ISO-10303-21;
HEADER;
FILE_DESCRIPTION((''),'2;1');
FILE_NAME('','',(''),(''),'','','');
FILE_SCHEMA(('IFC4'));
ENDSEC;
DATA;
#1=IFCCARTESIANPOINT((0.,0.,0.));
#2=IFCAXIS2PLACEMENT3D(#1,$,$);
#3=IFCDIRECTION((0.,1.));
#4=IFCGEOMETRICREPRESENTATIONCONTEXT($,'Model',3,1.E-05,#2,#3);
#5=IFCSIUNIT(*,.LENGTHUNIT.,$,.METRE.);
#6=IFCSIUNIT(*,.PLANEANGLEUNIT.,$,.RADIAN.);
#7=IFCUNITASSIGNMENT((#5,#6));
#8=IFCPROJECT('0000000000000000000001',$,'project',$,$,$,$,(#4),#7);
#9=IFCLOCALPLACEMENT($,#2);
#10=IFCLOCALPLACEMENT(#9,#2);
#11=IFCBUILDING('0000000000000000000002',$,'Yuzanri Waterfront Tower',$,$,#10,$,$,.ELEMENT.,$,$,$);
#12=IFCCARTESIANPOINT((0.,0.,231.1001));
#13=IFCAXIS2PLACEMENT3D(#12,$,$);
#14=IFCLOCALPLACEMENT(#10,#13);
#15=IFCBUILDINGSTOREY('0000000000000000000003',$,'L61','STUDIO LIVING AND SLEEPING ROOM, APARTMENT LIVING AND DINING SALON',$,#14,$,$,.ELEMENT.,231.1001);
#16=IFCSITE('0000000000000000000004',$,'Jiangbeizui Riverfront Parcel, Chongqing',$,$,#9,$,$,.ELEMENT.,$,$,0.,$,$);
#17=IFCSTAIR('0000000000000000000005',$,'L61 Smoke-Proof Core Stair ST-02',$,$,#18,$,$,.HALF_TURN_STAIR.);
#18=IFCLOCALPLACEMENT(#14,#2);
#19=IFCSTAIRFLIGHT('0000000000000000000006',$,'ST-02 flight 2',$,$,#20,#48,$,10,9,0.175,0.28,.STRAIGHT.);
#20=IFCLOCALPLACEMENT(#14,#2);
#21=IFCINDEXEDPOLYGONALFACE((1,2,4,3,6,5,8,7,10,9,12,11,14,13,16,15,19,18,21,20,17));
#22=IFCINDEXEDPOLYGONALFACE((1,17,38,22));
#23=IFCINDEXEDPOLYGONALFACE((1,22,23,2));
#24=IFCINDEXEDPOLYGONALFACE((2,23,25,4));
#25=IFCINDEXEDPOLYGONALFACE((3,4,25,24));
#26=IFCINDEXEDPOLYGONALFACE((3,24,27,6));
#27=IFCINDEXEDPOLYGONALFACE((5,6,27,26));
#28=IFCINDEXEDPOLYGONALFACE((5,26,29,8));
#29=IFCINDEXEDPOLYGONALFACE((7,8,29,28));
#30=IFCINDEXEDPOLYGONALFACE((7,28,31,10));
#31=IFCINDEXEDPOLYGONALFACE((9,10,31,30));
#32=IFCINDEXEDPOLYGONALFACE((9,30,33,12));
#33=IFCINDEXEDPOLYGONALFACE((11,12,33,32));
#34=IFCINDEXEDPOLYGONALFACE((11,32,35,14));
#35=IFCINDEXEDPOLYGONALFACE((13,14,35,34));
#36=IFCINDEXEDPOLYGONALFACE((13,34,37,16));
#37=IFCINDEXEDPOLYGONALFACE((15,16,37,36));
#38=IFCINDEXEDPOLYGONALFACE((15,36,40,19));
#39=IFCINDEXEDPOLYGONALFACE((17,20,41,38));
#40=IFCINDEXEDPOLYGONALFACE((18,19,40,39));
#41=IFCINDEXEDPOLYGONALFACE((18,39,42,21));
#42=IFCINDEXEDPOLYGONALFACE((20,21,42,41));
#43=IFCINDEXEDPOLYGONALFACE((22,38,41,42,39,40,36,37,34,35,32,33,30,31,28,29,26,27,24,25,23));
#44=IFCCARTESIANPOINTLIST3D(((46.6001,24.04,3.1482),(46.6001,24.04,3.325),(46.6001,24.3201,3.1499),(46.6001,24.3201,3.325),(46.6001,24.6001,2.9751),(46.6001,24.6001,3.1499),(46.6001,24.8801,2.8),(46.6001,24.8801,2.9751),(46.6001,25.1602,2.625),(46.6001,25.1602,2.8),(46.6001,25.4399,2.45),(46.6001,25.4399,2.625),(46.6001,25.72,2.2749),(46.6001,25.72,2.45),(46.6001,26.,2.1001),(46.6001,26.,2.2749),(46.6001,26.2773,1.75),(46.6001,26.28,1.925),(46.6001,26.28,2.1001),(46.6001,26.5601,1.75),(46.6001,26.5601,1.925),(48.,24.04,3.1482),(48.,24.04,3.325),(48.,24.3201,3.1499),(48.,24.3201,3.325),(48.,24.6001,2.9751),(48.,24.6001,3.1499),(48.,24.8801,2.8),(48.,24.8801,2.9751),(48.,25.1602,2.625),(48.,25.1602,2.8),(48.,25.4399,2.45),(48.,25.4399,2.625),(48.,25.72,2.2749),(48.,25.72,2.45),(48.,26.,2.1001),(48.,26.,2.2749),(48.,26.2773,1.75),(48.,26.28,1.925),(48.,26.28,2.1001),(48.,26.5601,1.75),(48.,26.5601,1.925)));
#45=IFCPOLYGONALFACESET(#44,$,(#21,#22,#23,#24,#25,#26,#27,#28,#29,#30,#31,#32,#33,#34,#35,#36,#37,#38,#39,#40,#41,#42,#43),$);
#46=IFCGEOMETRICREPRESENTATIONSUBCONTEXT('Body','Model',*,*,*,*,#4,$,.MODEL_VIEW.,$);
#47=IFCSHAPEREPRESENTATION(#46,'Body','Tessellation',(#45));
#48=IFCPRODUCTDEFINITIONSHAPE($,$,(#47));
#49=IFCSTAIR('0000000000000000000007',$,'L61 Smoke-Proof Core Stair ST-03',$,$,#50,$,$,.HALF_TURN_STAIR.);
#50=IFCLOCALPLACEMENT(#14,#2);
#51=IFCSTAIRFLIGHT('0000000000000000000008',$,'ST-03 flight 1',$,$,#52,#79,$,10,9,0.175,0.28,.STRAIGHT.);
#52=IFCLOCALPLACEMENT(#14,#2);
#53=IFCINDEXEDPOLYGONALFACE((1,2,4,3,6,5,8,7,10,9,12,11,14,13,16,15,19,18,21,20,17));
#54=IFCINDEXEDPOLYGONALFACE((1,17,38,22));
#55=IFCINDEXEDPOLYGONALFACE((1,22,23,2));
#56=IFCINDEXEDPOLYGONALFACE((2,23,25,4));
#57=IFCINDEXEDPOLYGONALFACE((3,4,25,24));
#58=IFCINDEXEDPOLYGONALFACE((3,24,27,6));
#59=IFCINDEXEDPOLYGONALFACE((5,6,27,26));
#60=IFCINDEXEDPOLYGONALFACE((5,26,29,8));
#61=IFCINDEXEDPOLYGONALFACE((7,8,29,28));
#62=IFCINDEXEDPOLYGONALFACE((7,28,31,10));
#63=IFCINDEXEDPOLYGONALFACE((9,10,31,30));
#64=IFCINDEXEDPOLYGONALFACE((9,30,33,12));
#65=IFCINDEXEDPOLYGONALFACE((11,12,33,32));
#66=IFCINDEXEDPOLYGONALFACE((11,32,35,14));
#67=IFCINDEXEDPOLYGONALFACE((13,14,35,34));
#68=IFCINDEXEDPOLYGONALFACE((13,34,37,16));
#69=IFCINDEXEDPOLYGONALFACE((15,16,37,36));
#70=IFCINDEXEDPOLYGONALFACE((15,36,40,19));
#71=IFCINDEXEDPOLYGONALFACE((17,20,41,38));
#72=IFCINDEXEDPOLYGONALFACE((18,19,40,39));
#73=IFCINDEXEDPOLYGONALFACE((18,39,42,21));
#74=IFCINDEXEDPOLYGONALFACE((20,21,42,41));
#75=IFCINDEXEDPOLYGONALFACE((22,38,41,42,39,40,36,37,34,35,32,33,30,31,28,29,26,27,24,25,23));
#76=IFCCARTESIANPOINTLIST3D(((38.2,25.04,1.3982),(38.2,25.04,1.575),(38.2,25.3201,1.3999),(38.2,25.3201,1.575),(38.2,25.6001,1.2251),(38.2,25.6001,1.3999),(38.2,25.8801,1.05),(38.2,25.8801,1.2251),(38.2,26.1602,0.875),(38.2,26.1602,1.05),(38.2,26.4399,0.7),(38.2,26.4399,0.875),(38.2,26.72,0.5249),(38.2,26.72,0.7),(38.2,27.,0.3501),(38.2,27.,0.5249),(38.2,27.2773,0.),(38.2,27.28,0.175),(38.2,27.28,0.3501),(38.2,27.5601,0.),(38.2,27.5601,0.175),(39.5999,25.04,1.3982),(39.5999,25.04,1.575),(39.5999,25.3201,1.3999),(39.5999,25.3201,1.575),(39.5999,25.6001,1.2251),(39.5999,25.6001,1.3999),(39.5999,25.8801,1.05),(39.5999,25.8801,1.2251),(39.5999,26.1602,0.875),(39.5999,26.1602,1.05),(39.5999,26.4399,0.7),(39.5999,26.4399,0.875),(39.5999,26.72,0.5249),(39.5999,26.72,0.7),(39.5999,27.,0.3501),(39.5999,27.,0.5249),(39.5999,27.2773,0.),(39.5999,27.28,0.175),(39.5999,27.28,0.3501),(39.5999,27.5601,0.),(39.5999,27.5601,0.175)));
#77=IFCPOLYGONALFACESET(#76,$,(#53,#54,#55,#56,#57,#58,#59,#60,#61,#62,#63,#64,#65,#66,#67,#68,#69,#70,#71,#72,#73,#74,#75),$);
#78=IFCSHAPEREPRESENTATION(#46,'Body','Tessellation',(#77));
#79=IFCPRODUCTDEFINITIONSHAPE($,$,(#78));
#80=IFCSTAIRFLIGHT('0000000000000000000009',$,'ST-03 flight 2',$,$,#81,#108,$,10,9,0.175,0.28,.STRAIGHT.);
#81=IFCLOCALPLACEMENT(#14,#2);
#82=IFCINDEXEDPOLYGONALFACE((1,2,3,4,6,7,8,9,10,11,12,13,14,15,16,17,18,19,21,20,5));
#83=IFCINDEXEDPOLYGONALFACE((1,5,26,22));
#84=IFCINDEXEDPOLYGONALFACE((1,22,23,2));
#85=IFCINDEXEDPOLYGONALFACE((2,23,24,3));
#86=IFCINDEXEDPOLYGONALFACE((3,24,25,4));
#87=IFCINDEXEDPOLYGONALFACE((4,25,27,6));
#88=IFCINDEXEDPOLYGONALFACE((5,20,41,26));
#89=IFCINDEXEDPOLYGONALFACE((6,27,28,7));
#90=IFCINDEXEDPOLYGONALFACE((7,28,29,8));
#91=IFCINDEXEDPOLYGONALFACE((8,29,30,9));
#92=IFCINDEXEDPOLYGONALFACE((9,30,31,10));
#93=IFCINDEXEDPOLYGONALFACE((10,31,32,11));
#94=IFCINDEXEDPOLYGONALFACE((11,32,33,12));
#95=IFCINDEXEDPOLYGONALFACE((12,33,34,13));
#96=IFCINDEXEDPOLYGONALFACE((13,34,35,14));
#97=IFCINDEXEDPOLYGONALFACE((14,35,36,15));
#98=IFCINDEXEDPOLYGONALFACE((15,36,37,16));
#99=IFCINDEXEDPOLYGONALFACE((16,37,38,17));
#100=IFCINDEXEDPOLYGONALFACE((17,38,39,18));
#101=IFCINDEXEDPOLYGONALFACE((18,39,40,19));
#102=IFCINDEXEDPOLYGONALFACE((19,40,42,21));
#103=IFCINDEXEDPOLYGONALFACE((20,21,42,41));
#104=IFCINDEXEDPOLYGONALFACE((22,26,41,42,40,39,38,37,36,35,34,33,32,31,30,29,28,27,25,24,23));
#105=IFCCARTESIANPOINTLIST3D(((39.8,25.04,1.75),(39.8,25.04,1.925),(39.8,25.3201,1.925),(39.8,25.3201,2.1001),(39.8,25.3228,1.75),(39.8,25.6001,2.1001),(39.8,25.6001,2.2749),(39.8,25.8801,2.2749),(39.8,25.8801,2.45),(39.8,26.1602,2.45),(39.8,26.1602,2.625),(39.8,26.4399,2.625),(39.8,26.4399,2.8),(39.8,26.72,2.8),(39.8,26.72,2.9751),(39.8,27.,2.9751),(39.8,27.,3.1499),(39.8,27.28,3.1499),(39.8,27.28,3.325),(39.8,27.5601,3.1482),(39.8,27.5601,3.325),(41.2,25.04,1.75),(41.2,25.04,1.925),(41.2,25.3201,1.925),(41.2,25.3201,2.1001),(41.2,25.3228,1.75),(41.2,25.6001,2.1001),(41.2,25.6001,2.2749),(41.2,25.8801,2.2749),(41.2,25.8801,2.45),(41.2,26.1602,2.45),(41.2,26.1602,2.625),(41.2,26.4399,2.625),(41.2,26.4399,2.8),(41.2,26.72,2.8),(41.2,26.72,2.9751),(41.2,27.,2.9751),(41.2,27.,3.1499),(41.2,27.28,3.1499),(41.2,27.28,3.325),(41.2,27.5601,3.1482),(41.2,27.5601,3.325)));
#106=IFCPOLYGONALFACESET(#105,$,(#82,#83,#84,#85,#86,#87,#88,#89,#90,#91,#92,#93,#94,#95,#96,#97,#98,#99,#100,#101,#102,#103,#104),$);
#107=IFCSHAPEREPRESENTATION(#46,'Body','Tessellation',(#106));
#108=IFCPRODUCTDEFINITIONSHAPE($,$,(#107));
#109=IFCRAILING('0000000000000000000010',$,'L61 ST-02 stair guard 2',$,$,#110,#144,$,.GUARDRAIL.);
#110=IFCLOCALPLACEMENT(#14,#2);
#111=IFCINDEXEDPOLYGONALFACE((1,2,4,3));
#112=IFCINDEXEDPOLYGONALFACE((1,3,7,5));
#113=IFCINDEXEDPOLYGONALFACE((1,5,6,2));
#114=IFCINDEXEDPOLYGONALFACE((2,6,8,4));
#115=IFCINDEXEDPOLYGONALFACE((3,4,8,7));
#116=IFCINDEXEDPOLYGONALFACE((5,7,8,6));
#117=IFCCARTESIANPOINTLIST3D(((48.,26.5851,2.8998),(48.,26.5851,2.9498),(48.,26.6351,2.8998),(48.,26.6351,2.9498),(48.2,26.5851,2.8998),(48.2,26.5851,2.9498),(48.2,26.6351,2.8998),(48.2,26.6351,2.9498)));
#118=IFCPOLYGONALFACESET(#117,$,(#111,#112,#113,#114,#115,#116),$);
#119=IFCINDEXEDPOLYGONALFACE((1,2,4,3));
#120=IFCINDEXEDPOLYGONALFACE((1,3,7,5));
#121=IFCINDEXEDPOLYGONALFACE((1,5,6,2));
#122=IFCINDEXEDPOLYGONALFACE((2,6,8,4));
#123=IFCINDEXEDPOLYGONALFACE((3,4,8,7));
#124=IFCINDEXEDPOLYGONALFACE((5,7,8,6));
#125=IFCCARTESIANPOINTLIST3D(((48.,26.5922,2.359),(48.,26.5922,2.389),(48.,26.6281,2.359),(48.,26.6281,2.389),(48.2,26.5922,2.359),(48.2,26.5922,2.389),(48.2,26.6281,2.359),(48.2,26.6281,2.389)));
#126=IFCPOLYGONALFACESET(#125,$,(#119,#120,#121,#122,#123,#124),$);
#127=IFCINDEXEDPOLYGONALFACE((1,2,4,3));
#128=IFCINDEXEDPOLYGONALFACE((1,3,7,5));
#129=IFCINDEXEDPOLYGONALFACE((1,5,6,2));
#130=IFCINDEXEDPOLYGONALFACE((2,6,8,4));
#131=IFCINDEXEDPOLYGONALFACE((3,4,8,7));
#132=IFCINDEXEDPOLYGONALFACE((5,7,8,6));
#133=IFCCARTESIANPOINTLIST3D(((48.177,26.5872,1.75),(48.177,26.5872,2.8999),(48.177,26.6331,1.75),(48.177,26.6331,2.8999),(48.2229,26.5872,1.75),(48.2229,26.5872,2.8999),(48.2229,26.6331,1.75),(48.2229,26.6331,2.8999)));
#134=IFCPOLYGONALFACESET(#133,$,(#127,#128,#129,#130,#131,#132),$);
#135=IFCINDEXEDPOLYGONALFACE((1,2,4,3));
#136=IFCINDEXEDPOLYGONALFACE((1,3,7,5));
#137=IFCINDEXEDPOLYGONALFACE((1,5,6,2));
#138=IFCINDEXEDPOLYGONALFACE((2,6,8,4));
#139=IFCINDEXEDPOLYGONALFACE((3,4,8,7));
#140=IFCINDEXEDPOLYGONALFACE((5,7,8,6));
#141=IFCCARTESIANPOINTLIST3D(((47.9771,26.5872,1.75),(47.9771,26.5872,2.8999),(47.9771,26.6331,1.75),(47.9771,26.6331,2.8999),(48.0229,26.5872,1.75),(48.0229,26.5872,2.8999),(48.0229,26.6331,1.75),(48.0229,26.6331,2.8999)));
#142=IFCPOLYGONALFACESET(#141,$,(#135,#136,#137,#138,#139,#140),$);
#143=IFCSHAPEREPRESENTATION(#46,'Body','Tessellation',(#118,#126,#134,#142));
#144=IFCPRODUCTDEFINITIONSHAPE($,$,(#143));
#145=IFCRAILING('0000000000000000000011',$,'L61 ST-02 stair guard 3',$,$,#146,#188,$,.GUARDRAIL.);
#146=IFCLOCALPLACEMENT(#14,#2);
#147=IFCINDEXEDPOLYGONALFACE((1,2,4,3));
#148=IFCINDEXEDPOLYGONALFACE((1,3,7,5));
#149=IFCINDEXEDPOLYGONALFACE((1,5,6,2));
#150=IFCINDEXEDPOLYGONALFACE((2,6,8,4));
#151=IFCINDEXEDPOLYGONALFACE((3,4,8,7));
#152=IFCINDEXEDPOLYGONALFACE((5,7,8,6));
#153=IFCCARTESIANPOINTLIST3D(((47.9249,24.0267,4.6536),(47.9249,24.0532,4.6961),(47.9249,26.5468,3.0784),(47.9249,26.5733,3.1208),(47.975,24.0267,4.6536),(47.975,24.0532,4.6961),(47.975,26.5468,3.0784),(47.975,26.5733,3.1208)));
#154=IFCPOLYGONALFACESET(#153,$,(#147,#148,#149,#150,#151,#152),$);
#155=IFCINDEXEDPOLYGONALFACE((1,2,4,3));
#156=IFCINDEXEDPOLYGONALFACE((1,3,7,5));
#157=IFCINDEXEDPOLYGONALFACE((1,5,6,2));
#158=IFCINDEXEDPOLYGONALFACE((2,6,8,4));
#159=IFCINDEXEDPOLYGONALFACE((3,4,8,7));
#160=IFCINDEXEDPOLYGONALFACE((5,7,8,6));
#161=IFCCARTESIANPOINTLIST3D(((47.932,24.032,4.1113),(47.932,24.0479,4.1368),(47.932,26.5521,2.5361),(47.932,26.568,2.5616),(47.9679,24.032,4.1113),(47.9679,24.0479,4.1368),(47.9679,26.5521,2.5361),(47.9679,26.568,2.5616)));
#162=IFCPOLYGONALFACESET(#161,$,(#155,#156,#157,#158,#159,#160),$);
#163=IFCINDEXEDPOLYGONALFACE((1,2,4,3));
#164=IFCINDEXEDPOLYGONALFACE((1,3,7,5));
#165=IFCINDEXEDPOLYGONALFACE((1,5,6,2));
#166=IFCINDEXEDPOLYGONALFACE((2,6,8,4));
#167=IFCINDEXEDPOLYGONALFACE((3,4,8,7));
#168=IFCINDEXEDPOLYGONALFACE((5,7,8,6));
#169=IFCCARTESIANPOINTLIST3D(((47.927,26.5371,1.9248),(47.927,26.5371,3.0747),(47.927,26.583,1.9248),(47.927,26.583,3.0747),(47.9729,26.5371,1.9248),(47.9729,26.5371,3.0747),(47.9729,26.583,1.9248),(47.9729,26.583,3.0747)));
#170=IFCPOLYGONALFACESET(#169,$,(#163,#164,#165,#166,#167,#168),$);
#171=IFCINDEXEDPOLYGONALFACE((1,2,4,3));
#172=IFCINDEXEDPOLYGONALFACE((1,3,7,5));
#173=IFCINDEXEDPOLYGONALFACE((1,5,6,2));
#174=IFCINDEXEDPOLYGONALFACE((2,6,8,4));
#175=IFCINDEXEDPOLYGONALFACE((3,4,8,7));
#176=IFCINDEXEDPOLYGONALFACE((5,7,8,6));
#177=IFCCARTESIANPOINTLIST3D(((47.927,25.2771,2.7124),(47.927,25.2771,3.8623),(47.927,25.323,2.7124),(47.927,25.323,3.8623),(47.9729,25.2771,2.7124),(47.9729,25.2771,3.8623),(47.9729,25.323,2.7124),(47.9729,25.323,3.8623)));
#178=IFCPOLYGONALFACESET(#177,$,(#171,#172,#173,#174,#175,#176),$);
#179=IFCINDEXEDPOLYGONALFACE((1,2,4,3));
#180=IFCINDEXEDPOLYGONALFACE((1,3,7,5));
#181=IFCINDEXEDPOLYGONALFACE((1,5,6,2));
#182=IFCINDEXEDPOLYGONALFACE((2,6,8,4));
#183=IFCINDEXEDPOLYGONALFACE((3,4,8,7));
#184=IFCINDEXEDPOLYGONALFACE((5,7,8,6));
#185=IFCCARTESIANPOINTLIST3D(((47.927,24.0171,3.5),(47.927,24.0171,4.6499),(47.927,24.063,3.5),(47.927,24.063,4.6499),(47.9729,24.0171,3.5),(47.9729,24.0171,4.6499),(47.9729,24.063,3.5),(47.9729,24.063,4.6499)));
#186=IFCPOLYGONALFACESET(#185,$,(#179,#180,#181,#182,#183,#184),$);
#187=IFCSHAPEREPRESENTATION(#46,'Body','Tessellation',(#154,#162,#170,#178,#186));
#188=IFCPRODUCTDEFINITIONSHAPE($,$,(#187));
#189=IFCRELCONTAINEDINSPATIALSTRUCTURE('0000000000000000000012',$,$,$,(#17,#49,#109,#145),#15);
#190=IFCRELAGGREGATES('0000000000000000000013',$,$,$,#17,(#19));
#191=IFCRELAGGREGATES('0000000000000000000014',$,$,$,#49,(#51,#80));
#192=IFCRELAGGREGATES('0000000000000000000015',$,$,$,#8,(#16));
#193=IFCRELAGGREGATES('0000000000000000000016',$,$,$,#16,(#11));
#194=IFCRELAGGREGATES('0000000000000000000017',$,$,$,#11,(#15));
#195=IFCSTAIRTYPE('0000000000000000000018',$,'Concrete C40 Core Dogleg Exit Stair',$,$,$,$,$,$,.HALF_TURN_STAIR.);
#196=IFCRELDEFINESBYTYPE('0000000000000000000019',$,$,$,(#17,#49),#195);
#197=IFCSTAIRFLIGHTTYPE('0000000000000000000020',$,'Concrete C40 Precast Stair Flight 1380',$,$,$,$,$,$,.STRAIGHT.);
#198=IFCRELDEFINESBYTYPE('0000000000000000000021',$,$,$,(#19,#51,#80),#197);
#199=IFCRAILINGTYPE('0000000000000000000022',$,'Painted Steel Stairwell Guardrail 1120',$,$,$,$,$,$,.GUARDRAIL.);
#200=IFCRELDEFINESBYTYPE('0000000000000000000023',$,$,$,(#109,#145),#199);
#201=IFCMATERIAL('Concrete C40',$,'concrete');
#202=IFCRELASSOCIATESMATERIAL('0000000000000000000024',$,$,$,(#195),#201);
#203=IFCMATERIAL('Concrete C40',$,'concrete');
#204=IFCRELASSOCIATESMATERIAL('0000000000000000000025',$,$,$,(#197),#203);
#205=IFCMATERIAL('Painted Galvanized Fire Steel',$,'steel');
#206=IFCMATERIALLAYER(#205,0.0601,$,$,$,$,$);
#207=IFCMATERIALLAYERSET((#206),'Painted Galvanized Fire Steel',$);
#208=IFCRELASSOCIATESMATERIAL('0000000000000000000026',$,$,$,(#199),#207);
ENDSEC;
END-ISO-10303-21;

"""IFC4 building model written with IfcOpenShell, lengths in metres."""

from ifc_helpers import new_model, si_unit, direction, frame, origin, origin_2d, place, context, subcontext, project, spatial, polyline, rectangle, outline, extrude, source, transform, mapped, material, layer, layer_set, type_object, element, aggregate, save


model = new_model("IFC4")

# Units and contexts
model_context = context("Model", 3, precision=1e-05, world=origin(), true_north=direction((0.0, 1.0)))
body_context = subcontext(model_context, "Body", "Model", "MODEL_VIEW")
ifc_project = project(units=[si_unit("LENGTHUNIT", "METRE"), si_unit("PLANEANGLEUNIT", "RADIAN")], contexts=[model_context])

# Site, building, storey
site_placement = place(None, origin())
site = spatial("IfcSite", under=ifc_project, at=site_placement, Name="Jiangbeizui Riverfront Parcel, Chongqing", CompositionType="ELEMENT", RefElevation=0.0)
building_placement = place(site_placement, origin())
building = spatial("IfcBuilding", under=site, at=building_placement, Name="Yuzanri Waterfront Tower", CompositionType="ELEMENT")
storey_placement = place(building_placement, frame((0.0, 0.0, 231.1001)))
storey = spatial("IfcBuildingStorey", under=building, at=storey_placement, Name="L61", Description="STUDIO LIVING AND SLEEPING ROOM, APARTMENT LIVING AND DINING SALON", CompositionType="ELEMENT", Elevation=231.1001)

# Stair, stair flight
ifc_material_1 = material(Name="Concrete C40", Category="concrete")
stair_type = type_object("IfcStairType", Name="Concrete C40 Core Dogleg Exit Stair", PredefinedType="HALF_TURN_STAIR", material=ifc_material_1)
stair_1_placement = place(storey_placement, origin())
stair_1 = element("IfcStair", 1, at=stair_1_placement, inside=storey, type_object=stair_type, Name="L61 Smoke-Proof Core Stair ST-02", PredefinedType="HALF_TURN_STAIR")
ifc_material_2 = material(Name="Concrete C40", Category="concrete")
stair_flight_type = type_object("IfcStairFlightType", Name="Concrete C40 Precast Stair Flight 1380", PredefinedType="STRAIGHT", material=ifc_material_2)
shared_shape_1 = source(origin(), body_context, "Body", "SweptSolid", [
    extrude(outline(polyline([(0.0, 0.0), (0.0, 0.175), (0.28, 0.175), (0.28, 0.3501), (0.5601, 0.3501), (0.5601, 0.5249), (0.8401, 0.5249), (0.8401, 0.7), (1.1201, 0.7), (1.1201, 0.875), (1.3999, 0.875), (1.3999, 1.05), (1.6799, 1.05), (1.6799, 1.2251), (1.96, 1.2251), (1.96, 1.3999), (2.24, 1.3999), (2.24, 1.575), (2.52, 1.575), (2.52, 1.75), (2.52, 1.3982), (0.2827, 0.0), (0.0, 0.0)])), frame((0.0, 0.7, 0.0), z_axis=(0.0, -1.0, 0.0), x_axis=(1.0, 0.0, 0.0)), (0.0, 0.0, 1.0), 1.3999),
])
stair_flight_1_placement = place(storey_placement, frame((47.3, 26.5601, 1.75), z_axis=(0.0, 0.0, 1.0), x_axis=(0.0, -1.0, 0.0)))
stair_flight_1 = element("IfcStairFlight", 2, at=stair_flight_1_placement, type_object=stair_flight_type, Name="ST-02 flight 2", NumberOfRisers=10, NumberOfTreads=9, PredefinedType="STRAIGHT", RiserHeight=0.175, TreadLength=0.28, context=body_context, shape_type="MappedRepresentation", body=[
    mapped(shared_shape_1, transform((0.0, 0.0, 0.0), scale=1.0)),
])
aggregate(stair_1, [stair_flight_1])

# Stair, stair flights
stair_2_placement = place(storey_placement, origin())
stair_2 = element("IfcStair", 3, at=stair_2_placement, inside=storey, type_object=stair_type, Name="L61 Smoke-Proof Core Stair ST-03", PredefinedType="HALF_TURN_STAIR")
stair_flight_2_placement = place(storey_placement, frame((38.8999, 27.5601, 0.0), z_axis=(0.0, 0.0, 1.0), x_axis=(0.0, -1.0, 0.0)))
stair_flight_2 = element("IfcStairFlight", 4, at=stair_flight_2_placement, type_object=stair_flight_type, Name="ST-03 flight 1", NumberOfRisers=10, NumberOfTreads=9, PredefinedType="STRAIGHT", RiserHeight=0.175, TreadLength=0.28, context=body_context, shape_type="MappedRepresentation", body=[
    mapped(shared_shape_1, transform((0.0, 0.0, 0.0), scale=1.0)),
])
stair_flight_3_placement = place(storey_placement, frame((40.5, 25.04, 1.75), z_axis=(0.0, 0.0, 1.0), x_axis=(0.0, 1.0, 0.0)))
stair_flight_3 = element("IfcStairFlight", 5, at=stair_flight_3_placement, type_object=stair_flight_type, Name="ST-03 flight 2", NumberOfRisers=10, NumberOfTreads=9, PredefinedType="STRAIGHT", RiserHeight=0.175, TreadLength=0.28, context=body_context, shape_type="MappedRepresentation", body=[
    mapped(shared_shape_1, transform((0.0, 0.0, 0.0), scale=1.0)),
])
aggregate(stair_2, [stair_flight_2, stair_flight_3])

# Railings
ifc_material_3 = material(Name="Painted Galvanized Fire Steel", Category="steel")
ifc_layer_1 = layer(ifc_material_3, 0.0601)
ifc_layer_set_1 = layer_set([ifc_layer_1], Name="Painted Galvanized Fire Steel")
railing_type_1 = type_object("IfcRailingType", Name="Painted Steel Stairwell Guardrail 1120", PredefinedType="GUARDRAIL", material=ifc_layer_set_1)
shared_shape_2 = source(origin(), body_context, "Body", "SweptSolid", [
    extrude(rectangle(XDim=0.05, YDim=0.05, at=origin_2d()), frame((0.0, 0.0, 1.1748), z_axis=(-1.0, 0.0, 0.0), x_axis=(0.0, -1.0, 0.0)), (0.0, 0.0, 1.0), 0.2),
    extrude(rectangle(XDim=0.0359, YDim=0.03, at=origin_2d()), frame((0.0, 0.0, 0.624), z_axis=(-1.0, 0.0, 0.0), x_axis=(0.0, -1.0, 0.0)), (0.0, 0.0, 1.0), 0.2),
    extrude(rectangle(XDim=0.0459, YDim=0.0459, at=origin_2d()), origin(), (0.0, 0.0, 1.0), 1.1499),
    extrude(rectangle(XDim=0.0459, YDim=0.0459, at=origin_2d()), frame((-0.2, 0.0, 0.0)), (0.0, 0.0, 1.0), 1.1499),
])
railing_1_placement = place(storey_placement, frame((48.2, 26.6101, 1.75)))
element("IfcRailing", 6, at=railing_1_placement, inside=storey, type_object=railing_type_1, Name="L61 ST-02 stair guard 2", PredefinedType="GUARDRAIL", context=body_context, shape_type="MappedRepresentation", body=[
    mapped(shared_shape_2, transform((0.0, 0.0, 0.0), scale=1.0)),
])
shared_shape_3 = source(origin(), body_context, "Body", "SweptSolid", [
    extrude(rectangle(XDim=0.05, YDim=0.05, at=origin_2d()), frame((0.0, 0.0, 1.1748), z_axis=(0.0, -0.847971, 0.530043), x_axis=(1.0, 0.0, 0.0)), (0.0, 0.0, 1.0), 2.9719),
    extrude(rectangle(XDim=0.0359, YDim=0.03, at=origin_2d()), frame((0.0, 0.0, 0.624), z_axis=(0.0, -0.847971, 0.530043), x_axis=(1.0, 0.0, 0.0)), (0.0, 0.0, 1.0), 2.9719),
    extrude(rectangle(XDim=0.0459, YDim=0.0459, at=origin_2d()), origin(), (0.0, 0.0, 1.0), 1.1499),
    extrude(rectangle(XDim=0.0459, YDim=0.0459, at=origin_2d()), frame((0.0, -1.26, 0.7876)), (0.0, 0.0, 1.0), 1.1499),
    extrude(rectangle(XDim=0.0459, YDim=0.0459, at=origin_2d()), frame((0.0, -2.52, 1.5752)), (0.0, 0.0, 1.0), 1.1499),
])
for number, where, name in (
    (7, (47.95, 26.5601, 1.9248), "L61 ST-02 stair guard 3"),
):
    element("IfcRailing", number, at=place(storey_placement, frame(where)), inside=storey, type_object=railing_type_1, Name=name, PredefinedType="GUARDRAIL", context=body_context, shape_type="MappedRepresentation", body=[
        mapped(shared_shape_3, transform((0.0, 0.0, 0.0), scale=1.0)),
    ])

save(model, "model.ifc")
